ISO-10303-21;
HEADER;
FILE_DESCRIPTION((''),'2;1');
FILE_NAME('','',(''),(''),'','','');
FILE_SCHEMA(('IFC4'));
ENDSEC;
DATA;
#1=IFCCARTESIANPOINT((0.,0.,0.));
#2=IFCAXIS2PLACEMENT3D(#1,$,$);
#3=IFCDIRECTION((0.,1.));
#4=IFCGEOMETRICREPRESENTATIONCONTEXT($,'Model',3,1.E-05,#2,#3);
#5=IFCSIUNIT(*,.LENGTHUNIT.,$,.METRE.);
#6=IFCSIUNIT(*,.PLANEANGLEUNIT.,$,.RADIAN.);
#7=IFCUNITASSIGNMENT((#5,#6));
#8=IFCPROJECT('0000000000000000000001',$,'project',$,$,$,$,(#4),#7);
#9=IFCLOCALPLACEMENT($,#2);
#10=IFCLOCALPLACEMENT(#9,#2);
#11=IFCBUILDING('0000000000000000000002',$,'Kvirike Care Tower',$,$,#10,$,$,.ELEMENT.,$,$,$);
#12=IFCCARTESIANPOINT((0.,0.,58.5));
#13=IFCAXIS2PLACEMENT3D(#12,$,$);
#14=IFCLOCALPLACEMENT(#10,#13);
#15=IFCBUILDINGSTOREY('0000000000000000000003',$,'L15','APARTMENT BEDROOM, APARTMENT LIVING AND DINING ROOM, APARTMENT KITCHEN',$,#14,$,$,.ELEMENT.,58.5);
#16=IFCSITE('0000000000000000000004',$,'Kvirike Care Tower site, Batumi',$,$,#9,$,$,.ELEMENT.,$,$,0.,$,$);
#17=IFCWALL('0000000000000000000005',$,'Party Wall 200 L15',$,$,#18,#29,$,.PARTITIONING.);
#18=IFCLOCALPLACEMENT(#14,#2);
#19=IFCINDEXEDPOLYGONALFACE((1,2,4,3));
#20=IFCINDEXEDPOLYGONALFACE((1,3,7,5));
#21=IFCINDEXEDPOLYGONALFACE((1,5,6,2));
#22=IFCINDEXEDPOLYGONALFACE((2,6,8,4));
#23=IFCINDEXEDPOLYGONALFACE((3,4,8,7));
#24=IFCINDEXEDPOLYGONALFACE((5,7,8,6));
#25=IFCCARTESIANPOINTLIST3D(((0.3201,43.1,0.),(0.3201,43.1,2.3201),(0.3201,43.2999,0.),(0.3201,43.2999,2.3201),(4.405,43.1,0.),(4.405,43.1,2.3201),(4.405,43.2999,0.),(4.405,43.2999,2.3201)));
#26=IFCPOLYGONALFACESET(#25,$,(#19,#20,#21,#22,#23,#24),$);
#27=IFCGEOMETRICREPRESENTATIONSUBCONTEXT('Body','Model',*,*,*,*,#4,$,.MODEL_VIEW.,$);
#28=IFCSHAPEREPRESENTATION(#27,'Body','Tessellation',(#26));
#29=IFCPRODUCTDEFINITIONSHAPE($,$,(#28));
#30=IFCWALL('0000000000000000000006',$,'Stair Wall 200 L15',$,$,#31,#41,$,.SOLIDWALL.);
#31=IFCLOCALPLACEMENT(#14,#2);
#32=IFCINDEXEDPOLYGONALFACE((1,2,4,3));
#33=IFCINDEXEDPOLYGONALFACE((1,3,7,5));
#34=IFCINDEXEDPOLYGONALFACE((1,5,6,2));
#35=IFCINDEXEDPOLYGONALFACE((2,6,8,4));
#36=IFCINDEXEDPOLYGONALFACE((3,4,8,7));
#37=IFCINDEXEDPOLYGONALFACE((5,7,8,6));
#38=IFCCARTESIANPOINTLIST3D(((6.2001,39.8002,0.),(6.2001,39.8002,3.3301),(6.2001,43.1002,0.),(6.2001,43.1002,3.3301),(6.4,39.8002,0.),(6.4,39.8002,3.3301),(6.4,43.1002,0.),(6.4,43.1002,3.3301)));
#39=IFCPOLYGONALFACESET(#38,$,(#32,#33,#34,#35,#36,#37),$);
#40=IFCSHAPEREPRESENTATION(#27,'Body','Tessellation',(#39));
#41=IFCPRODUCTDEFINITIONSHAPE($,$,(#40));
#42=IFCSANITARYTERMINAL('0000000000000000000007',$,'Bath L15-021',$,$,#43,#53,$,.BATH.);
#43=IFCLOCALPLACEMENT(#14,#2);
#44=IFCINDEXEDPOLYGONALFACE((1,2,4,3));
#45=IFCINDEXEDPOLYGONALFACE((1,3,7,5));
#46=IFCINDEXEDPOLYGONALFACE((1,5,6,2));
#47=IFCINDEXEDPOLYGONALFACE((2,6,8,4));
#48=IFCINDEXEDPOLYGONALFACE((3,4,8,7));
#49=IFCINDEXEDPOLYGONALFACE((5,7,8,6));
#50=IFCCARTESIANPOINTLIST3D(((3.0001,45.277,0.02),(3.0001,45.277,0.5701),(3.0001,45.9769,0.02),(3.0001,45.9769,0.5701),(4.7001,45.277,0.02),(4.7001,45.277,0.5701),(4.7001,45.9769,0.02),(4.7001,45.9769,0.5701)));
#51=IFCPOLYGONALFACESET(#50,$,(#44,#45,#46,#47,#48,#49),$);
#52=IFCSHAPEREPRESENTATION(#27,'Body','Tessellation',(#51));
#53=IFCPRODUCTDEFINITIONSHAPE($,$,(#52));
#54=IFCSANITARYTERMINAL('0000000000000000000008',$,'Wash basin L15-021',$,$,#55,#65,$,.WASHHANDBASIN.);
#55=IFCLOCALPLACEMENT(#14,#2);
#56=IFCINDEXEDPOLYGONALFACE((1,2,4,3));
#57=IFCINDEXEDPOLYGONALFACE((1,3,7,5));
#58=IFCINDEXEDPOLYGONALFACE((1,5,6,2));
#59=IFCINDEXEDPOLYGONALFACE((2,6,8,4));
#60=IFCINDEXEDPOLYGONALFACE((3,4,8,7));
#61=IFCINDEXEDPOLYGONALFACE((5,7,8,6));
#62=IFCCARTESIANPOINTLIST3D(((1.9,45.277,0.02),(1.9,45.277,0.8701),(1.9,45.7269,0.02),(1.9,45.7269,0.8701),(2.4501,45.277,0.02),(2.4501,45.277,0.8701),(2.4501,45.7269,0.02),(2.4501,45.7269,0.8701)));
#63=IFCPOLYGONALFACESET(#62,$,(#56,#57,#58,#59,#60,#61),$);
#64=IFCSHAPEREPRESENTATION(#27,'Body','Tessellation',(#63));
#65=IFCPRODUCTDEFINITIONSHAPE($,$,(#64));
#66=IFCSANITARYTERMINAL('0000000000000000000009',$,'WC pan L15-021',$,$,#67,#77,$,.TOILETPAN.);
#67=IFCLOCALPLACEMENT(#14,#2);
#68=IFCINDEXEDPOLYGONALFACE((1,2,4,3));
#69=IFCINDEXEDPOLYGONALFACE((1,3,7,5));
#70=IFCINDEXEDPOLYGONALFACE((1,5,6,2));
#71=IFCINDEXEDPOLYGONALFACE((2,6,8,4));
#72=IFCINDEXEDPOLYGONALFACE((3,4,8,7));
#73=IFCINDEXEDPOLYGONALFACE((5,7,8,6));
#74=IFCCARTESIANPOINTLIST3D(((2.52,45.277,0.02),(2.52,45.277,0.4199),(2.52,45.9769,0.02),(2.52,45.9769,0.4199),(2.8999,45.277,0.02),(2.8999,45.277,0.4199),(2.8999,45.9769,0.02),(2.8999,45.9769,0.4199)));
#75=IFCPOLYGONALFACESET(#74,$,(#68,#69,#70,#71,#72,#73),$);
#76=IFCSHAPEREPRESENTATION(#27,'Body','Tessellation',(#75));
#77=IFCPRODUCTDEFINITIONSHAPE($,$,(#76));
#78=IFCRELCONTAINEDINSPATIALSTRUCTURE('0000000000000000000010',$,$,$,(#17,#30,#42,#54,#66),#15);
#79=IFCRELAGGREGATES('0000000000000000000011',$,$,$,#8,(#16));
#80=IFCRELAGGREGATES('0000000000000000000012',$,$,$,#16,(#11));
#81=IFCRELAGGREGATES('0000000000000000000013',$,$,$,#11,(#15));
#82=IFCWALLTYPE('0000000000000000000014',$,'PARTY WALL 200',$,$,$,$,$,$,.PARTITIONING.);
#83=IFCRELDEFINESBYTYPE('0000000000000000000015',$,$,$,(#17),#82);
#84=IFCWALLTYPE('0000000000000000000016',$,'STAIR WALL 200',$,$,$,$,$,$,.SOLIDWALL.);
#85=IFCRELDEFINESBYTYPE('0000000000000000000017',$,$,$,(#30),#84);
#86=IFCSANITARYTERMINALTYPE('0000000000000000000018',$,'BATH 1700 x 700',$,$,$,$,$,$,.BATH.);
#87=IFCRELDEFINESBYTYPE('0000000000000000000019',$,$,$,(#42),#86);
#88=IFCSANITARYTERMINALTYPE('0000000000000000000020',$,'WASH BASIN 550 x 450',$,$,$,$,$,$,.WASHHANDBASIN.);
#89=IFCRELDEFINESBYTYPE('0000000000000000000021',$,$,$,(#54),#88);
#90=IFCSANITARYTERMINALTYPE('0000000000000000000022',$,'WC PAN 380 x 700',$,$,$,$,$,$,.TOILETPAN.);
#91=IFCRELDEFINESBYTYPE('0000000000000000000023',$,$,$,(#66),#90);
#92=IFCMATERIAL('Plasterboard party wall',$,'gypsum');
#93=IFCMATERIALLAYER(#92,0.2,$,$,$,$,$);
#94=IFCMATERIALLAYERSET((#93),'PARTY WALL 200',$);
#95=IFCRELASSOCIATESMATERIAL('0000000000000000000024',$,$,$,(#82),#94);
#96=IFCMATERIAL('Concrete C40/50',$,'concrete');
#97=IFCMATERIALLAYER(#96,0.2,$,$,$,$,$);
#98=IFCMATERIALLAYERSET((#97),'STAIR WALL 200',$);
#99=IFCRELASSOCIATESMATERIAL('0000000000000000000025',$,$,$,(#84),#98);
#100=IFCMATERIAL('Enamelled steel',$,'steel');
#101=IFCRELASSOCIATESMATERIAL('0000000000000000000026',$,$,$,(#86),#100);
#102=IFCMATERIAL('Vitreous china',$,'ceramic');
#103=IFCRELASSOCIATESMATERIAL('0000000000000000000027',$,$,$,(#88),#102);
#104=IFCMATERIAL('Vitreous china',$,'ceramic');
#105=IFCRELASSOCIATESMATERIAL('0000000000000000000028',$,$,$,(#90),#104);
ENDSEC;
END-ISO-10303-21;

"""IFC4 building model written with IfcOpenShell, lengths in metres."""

from ifc_helpers import new_model, si_unit, direction, frame, frame_2d, origin, origin_2d, place, context, subcontext, project, spatial, rectangle, extrude, material, layer, layer_set, type_object, element, save


model = new_model("IFC4")

# Units and contexts
model_context = context("Model", 3, precision=1e-05, world=origin(), true_north=direction((0.0, 1.0)))
body_context = subcontext(model_context, "Body", "Model", "MODEL_VIEW")
ifc_project = project(units=[si_unit("LENGTHUNIT", "METRE"), si_unit("PLANEANGLEUNIT", "RADIAN")], contexts=[model_context])

# Site, building, storey
site_placement = place(None, origin())
site = spatial("IfcSite", under=ifc_project, at=site_placement, Name="Kvirike Care Tower site, Batumi", CompositionType="ELEMENT", RefElevation=0.0)
building_placement = place(site_placement, origin())
building = spatial("IfcBuilding", under=site, at=building_placement, Name="Kvirike Care Tower", CompositionType="ELEMENT")
storey_placement = place(building_placement, frame((0.0, 0.0, 58.5)))
storey = spatial("IfcBuildingStorey", under=building, at=storey_placement, Name="L15", Description="APARTMENT BEDROOM, APARTMENT LIVING AND DINING ROOM, APARTMENT KITCHEN", CompositionType="ELEMENT", Elevation=58.5)

# Walls
ifc_material_1 = material(Name="Plasterboard party wall", Category="gypsum")
ifc_layer_1 = layer(ifc_material_1, 0.2)
ifc_layer_set_1 = layer_set([ifc_layer_1], Name="PARTY WALL 200")
wall_type_1 = type_object("IfcWallType", Name="PARTY WALL 200", PredefinedType="PARTITIONING", material=ifc_layer_set_1)
wall_1_placement = place(storey_placement, frame((4.405, 43.2, 0.0), z_axis=(0.0, 0.0, 1.0), x_axis=(-1.0, 0.0, 0.0)))
element("IfcWall", 1, at=wall_1_placement, inside=storey, type_object=wall_type_1, Name="Party Wall 200 L15", PredefinedType="PARTITIONING", context=body_context, shape_type="SweptSolid", body=[
    extrude(rectangle(XDim=4.085, YDim=0.2, at=frame_2d((2.0425, 0.0))), origin(), (0.0, 0.0, 1.0), 2.3201),
])
ifc_material_2 = material(Name="Concrete C40/50", Category="concrete")
ifc_layer_2 = layer(ifc_material_2, 0.2)
ifc_layer_set_2 = layer_set([ifc_layer_2], Name="STAIR WALL 200")
wall_type_2 = type_object("IfcWallType", Name="STAIR WALL 200", PredefinedType="SOLIDWALL", material=ifc_layer_set_2)
wall_2_placement = place(storey_placement, frame((6.3, 43.1001, 0.0), z_axis=(0.0, 0.0, 1.0), x_axis=(0.0, -1.0, 0.0)))
element("IfcWall", 2, at=wall_2_placement, inside=storey, type_object=wall_type_2, Name="Stair Wall 200 L15", PredefinedType="SOLIDWALL", context=body_context, shape_type="SweptSolid", body=[
    extrude(rectangle(XDim=3.3, YDim=0.2, at=frame_2d((1.6499, 0.0))), origin(), (0.0, 0.0, 1.0), 3.3301),
])

# Sanitary terminals
ifc_material_3 = material(Name="Enamelled steel", Category="steel")
sanitary_terminal_type_1 = type_object("IfcSanitaryTerminalType", Name="BATH 1700 x 700", PredefinedType="BATH", material=ifc_material_3)
sanitary_terminal_1_placement = place(storey_placement, frame((3.8501, 45.627, 0.02), z_axis=(0.0, 0.0, 1.0), x_axis=(-1.0, 0.0, 0.0)))
element("IfcSanitaryTerminal", 3, at=sanitary_terminal_1_placement, inside=storey, type_object=sanitary_terminal_type_1, Name="Bath L15-021", PredefinedType="BATH", context=body_context, shape_type="SweptSolid", body=[
    extrude(rectangle(XDim=1.7, YDim=0.7, at=origin_2d()), origin(), (0.0, 0.0, 1.0), 0.55),
])
ifc_material_4 = material(Name="Vitreous china", Category="ceramic")
sanitary_terminal_type_2 = type_object("IfcSanitaryTerminalType", Name="WASH BASIN 550 x 450", PredefinedType="WASHHANDBASIN", material=ifc_material_4)
sanitary_terminal_2_placement = place(storey_placement, frame((2.175, 45.502, 0.02), z_axis=(0.0, 0.0, 1.0), x_axis=(-1.0, 0.0, 0.0)))
element("IfcSanitaryTerminal", 4, at=sanitary_terminal_2_placement, inside=storey, type_object=sanitary_terminal_type_2, Name="Wash basin L15-021", PredefinedType="WASHHANDBASIN", context=body_context, shape_type="SweptSolid", body=[
    extrude(rectangle(XDim=0.55, YDim=0.45, at=origin_2d()), origin(), (0.0, 0.0, 1.0), 0.8501),
])
ifc_material_5 = material(Name="Vitreous china", Category="ceramic")
sanitary_terminal_type_3 = type_object("IfcSanitaryTerminalType", Name="WC PAN 380 x 700", PredefinedType="TOILETPAN", material=ifc_material_5)
sanitary_terminal_3_placement = place(storey_placement, frame((2.71, 45.627, 0.02), z_axis=(0.0, 0.0, 1.0), x_axis=(-1.0, 0.0, 0.0)))
element("IfcSanitaryTerminal", 5, at=sanitary_terminal_3_placement, inside=storey, type_object=sanitary_terminal_type_3, Name="WC pan L15-021", PredefinedType="TOILETPAN", context=body_context, shape_type="SweptSolid", body=[
    extrude(rectangle(XDim=0.3799, YDim=0.7, at=origin_2d()), origin(), (0.0, 0.0, 1.0), 0.3999),
])

save(model, "model.ifc")
